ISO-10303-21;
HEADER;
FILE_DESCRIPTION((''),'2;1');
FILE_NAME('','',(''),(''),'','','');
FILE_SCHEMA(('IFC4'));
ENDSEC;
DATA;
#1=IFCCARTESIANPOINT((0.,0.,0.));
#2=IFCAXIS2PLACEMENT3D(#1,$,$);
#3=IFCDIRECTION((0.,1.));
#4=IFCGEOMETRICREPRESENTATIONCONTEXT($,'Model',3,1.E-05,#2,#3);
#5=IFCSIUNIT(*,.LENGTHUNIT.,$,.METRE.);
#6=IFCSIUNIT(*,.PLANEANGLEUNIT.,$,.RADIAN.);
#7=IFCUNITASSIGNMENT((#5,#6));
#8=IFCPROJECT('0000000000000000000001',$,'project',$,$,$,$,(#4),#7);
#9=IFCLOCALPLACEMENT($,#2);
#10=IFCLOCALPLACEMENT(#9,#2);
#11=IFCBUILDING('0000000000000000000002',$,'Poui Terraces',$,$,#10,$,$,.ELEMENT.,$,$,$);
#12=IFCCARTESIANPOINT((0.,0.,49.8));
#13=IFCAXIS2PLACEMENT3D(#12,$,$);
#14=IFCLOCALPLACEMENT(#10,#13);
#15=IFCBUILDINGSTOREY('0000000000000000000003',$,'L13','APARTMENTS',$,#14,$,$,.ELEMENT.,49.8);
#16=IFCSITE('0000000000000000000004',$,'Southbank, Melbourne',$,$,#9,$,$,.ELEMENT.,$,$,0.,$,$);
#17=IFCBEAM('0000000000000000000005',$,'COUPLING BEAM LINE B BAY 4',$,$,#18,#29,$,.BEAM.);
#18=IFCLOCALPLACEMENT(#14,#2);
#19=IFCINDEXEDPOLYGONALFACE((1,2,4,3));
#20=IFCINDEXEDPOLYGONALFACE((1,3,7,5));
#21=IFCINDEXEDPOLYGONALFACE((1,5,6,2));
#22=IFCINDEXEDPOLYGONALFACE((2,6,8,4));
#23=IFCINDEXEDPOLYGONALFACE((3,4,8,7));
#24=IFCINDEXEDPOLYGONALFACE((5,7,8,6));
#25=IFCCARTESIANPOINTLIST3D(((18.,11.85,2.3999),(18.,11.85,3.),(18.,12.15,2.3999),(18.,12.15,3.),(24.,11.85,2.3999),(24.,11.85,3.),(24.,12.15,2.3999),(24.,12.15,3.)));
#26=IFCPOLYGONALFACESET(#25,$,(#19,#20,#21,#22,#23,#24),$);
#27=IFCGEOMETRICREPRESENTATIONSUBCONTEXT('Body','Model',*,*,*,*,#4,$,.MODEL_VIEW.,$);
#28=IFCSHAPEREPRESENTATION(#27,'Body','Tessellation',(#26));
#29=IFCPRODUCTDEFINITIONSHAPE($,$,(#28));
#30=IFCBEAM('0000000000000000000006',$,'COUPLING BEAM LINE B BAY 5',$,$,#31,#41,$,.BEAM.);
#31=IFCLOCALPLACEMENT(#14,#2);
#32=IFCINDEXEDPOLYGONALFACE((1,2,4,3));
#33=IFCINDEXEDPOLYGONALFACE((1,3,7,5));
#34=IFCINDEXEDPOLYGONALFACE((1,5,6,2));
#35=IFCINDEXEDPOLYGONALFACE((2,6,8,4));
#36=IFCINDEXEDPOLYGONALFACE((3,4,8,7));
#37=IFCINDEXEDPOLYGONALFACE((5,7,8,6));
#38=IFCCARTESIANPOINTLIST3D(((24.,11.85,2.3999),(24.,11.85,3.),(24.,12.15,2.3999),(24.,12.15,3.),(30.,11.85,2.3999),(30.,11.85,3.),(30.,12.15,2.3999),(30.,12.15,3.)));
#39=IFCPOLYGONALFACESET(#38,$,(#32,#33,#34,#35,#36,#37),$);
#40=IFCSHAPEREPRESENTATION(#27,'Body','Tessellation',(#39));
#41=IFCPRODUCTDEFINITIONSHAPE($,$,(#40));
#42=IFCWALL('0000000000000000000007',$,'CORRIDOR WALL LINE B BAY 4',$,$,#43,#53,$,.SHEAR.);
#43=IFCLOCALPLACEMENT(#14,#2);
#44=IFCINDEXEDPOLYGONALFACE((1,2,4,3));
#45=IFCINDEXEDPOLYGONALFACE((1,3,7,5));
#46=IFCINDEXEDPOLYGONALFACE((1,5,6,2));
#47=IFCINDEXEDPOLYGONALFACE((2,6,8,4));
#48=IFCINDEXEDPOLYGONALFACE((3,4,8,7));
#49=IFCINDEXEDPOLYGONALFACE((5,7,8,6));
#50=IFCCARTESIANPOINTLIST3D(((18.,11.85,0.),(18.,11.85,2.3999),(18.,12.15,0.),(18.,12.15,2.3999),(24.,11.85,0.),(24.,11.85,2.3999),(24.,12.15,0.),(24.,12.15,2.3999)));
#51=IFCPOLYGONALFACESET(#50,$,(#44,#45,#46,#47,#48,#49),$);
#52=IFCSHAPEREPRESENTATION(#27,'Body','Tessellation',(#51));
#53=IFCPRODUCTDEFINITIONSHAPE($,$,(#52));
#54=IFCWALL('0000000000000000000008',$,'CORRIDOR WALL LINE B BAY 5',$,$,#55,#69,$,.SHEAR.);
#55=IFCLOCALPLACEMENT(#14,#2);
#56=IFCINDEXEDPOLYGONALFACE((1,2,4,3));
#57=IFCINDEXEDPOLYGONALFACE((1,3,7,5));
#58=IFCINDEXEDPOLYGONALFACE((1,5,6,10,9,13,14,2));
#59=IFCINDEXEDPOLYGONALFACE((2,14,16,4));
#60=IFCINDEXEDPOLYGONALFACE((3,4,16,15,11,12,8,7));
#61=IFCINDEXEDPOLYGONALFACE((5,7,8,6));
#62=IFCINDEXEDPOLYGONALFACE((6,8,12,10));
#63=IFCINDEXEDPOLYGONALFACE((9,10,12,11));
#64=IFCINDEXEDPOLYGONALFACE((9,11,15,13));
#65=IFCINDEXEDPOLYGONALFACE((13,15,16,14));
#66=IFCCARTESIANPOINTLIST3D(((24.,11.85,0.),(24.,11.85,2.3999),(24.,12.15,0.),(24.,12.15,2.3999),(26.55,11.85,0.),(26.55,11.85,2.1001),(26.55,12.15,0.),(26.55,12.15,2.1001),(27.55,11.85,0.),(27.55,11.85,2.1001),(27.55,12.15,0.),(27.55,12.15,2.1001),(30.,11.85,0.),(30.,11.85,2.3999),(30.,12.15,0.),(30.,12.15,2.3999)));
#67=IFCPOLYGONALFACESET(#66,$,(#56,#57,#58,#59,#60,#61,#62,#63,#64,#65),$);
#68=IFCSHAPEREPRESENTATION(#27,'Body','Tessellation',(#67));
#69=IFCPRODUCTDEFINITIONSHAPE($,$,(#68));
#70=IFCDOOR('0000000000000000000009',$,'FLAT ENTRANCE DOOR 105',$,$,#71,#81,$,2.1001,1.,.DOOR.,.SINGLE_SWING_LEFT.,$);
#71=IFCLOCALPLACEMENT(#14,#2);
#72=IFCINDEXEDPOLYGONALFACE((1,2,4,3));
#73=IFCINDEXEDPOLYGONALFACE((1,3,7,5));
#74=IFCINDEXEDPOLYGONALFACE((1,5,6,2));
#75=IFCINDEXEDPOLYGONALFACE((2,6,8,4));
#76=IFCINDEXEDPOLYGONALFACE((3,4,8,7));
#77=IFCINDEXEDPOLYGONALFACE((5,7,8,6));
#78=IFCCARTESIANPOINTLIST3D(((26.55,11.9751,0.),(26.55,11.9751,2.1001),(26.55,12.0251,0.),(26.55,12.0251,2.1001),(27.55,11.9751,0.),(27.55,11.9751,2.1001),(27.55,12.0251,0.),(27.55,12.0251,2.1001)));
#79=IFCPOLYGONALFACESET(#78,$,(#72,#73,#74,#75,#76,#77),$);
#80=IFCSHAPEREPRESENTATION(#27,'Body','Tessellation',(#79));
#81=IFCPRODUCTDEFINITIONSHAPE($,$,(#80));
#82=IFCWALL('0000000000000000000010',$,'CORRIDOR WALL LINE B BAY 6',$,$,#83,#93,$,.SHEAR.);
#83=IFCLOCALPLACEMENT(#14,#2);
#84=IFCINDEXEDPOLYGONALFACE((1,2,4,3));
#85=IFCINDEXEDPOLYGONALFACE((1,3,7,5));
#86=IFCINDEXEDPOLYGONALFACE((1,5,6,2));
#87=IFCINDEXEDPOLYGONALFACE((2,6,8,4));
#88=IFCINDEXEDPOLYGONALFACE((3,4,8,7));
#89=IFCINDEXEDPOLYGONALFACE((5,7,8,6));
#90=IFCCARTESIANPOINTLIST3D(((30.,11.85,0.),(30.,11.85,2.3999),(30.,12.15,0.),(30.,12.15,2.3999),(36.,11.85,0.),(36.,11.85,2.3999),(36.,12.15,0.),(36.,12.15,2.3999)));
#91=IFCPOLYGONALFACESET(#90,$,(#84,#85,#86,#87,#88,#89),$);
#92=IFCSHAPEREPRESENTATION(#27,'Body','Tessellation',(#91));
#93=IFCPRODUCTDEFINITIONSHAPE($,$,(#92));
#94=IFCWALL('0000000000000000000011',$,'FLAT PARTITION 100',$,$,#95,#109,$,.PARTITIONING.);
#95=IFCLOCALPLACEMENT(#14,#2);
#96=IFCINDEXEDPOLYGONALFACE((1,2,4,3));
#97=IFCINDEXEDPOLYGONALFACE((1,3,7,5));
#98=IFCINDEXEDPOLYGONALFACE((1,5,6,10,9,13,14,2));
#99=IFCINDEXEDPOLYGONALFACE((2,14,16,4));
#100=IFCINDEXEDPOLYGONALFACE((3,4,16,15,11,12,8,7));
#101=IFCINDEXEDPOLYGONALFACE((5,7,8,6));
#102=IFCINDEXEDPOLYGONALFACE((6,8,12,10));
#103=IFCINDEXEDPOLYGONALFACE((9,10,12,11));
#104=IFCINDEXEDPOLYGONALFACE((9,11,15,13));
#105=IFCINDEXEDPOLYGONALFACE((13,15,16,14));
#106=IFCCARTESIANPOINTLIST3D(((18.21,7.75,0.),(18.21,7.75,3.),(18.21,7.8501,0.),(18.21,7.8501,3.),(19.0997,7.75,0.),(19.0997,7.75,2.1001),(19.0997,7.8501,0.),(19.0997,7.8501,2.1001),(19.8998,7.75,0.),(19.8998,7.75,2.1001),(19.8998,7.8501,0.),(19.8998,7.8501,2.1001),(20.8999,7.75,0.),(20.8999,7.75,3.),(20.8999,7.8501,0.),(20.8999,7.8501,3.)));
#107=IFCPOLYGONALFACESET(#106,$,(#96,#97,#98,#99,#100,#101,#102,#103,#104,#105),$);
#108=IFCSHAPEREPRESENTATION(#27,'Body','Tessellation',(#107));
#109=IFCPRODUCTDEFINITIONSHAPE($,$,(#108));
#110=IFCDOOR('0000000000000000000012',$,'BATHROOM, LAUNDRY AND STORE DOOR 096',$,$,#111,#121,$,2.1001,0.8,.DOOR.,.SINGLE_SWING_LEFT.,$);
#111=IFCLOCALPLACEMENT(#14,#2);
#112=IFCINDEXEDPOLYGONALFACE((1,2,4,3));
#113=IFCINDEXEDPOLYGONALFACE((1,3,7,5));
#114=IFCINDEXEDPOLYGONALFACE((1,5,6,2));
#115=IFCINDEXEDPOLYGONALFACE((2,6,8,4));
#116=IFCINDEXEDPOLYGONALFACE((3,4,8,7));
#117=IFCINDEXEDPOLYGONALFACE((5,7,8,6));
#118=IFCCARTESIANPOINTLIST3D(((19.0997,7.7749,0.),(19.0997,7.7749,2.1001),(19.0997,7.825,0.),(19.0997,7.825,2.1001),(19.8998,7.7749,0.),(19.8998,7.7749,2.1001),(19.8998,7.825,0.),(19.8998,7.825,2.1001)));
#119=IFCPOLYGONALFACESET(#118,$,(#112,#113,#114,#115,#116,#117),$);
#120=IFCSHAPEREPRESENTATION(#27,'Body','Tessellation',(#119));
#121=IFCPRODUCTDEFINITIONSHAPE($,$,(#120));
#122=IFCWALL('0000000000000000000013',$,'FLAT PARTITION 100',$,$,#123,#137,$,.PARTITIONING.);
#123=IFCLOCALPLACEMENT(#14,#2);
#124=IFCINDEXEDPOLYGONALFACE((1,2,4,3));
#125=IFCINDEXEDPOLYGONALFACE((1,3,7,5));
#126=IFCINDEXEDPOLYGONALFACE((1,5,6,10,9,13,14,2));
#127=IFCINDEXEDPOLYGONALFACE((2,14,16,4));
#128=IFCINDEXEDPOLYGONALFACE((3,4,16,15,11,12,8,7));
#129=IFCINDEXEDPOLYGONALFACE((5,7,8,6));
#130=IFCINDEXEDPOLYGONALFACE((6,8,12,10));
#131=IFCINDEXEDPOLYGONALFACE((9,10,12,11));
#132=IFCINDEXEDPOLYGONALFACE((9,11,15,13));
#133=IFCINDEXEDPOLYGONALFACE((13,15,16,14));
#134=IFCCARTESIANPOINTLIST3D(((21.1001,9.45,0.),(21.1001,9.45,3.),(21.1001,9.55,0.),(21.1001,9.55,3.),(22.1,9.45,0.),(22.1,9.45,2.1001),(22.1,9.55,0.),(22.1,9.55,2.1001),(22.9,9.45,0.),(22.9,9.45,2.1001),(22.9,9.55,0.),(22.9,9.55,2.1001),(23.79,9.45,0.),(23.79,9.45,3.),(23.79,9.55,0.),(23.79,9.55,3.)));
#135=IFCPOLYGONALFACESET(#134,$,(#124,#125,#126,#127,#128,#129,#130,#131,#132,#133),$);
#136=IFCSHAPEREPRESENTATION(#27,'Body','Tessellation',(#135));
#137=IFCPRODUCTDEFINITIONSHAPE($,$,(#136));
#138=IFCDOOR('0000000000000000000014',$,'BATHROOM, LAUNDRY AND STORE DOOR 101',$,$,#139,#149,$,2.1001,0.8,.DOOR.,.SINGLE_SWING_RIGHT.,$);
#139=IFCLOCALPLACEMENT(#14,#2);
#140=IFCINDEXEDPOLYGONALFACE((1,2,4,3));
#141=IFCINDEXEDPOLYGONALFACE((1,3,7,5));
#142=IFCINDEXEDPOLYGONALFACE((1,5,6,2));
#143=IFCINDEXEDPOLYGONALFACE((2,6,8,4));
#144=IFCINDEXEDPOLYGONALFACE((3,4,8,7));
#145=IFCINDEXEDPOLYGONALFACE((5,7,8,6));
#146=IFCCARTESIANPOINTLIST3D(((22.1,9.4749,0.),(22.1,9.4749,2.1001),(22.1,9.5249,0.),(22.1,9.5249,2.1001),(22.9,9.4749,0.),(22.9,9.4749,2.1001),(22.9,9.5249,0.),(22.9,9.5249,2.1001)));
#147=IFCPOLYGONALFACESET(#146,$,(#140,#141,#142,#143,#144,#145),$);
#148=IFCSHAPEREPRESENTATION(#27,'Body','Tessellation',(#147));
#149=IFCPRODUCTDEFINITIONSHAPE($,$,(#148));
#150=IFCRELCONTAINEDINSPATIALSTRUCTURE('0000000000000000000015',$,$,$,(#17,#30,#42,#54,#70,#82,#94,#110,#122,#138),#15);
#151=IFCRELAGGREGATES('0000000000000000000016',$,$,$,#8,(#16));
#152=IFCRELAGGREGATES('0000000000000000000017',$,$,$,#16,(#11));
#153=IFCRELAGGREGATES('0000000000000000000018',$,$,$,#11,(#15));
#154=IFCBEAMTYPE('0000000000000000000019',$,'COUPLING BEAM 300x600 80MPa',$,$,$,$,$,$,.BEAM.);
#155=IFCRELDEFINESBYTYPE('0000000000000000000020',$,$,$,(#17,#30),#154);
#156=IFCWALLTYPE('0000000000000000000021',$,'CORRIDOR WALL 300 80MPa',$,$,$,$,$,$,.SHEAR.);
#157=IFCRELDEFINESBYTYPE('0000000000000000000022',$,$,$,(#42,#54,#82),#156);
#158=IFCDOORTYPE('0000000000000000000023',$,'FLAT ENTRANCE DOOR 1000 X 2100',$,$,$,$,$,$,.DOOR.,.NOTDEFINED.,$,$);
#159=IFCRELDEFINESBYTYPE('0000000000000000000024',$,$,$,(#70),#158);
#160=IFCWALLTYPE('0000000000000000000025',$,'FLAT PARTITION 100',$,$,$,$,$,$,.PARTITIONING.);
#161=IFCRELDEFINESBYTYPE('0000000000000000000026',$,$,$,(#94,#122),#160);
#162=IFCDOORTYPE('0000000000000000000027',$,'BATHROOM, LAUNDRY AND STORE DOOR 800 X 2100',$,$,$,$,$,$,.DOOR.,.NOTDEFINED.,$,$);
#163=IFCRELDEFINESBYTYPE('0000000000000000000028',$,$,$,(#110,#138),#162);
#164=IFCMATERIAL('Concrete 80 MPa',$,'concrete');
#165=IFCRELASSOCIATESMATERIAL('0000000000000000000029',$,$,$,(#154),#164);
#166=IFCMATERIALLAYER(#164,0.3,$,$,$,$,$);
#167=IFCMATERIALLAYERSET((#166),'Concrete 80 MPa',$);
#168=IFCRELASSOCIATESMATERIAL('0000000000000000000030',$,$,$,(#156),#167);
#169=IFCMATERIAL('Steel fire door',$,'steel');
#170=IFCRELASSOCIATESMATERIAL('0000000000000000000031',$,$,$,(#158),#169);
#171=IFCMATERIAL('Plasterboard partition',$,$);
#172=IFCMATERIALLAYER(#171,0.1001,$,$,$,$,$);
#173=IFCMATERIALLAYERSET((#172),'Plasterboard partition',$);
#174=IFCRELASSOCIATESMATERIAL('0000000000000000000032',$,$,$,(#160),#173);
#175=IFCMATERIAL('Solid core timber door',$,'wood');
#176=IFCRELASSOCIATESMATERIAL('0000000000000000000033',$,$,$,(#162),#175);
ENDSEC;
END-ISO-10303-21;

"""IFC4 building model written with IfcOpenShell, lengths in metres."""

from ifc_helpers import new_model, si_unit, direction, frame, frame_2d, origin, origin_2d, place, context, subcontext, project, spatial, rectangle, extrude, source, transform, mapped, material, layer, layer_set, material_profile, profile_set, type_object, element, fill, save


model = new_model("IFC4")

# Units and contexts
model_context = context("Model", 3, precision=1e-05, world=origin(), true_north=direction((0.0, 1.0)))
body_context = subcontext(model_context, "Body", "Model", "MODEL_VIEW")
ifc_project = project(units=[si_unit("LENGTHUNIT", "METRE"), si_unit("PLANEANGLEUNIT", "RADIAN")], contexts=[model_context])

# Site, building, storey
site_placement = place(None, origin())
site = spatial("IfcSite", under=ifc_project, at=site_placement, Name="Southbank, Melbourne", CompositionType="ELEMENT", RefElevation=0.0)
building_placement = place(site_placement, origin())
building = spatial("IfcBuilding", under=site, at=building_placement, Name="Poui Terraces", CompositionType="ELEMENT")
storey_placement = place(building_placement, frame((0.0, 0.0, 49.8)))
storey = spatial("IfcBuildingStorey", under=building, at=storey_placement, Name="L13", Description="APARTMENTS", CompositionType="ELEMENT", Elevation=49.8)

# Beams
ifc_material_1 = material(Name="Concrete 80 MPa", Category="concrete")
ifc_material_profile = material_profile(ifc_material_1, rectangle(XDim=0.3, YDim=0.6001, at=origin_2d()), Name="RC 300x600")
ifc_profile_set = profile_set([ifc_material_profile], Name="Concrete 80 MPa")
beam_type = type_object("IfcBeamType", Name="COUPLING BEAM 300x600 80MPa", PredefinedType="BEAM", material=ifc_profile_set)
shared_shape = source(origin(), body_context, "Body", "SweptSolid", [
    extrude(rectangle(XDim=0.3, YDim=0.6001, at=origin_2d()), origin(), (0.0, 0.0, 1.0), 6.0),
])
for number, where, z_axis, x_axis, name in (
    (1, (18.0, 12.0, 2.7), (1.0, 0.0, 0.0), (0.0, 1.0, 0.0), "COUPLING BEAM LINE B BAY 4"),
    (2, (24.0, 12.0, 2.7), (1.0, 0.0, 0.0), (0.0, 1.0, 0.0), "COUPLING BEAM LINE B BAY 5"),
):
    element("IfcBeam", number, at=place(storey_placement, frame(where, z_axis=z_axis, x_axis=x_axis)), inside=storey, type_object=beam_type, Name=name, PredefinedType="BEAM", context=body_context, shape_type="MappedRepresentation", body=[
        mapped(shared_shape, transform((0.0, 0.0, 0.0))),
    ])

# Wall
ifc_layer_1 = layer(ifc_material_1, 0.3)
ifc_layer_set_1 = layer_set([ifc_layer_1], Name="Concrete 80 MPa")
wall_type_1 = type_object("IfcWallType", Name="CORRIDOR WALL 300 80MPa", PredefinedType="SHEAR", material=ifc_layer_set_1)
wall_1_placement = place(storey_placement, frame((18.0, 12.0, 0.0), z_axis=(0.0, 0.0, 1.0), x_axis=(1.0, 0.0, 0.0)))
element("IfcWall", 3, at=wall_1_placement, inside=storey, type_object=wall_type_1, Name="CORRIDOR WALL LINE B BAY 4", PredefinedType="SHEAR", context=body_context, shape_type="SweptSolid", body=[
    extrude(rectangle(XDim=6.0, YDim=0.3, at=frame_2d((3.0, 0.0))), origin(), (0.0, 0.0, 1.0), 2.3999),
])

# Wall, opening, door
wall_2_placement = place(storey_placement, frame((24.0, 12.0, 0.0), z_axis=(0.0, 0.0, 1.0), x_axis=(1.0, 0.0, 0.0)))
wall_2 = element("IfcWall", 4, at=wall_2_placement, inside=storey, type_object=wall_type_1, Name="CORRIDOR WALL LINE B BAY 5", PredefinedType="SHEAR", context=body_context, shape_type="SweptSolid", body=[
    extrude(rectangle(XDim=6.0, YDim=0.3, at=frame_2d((3.0, 0.0))), origin(), (0.0, 0.0, 1.0), 2.3999),
])
opening_1_placement = place(wall_2_placement, frame((2.55, 0.0, 0.0)))
opening_1 = element("IfcOpeningElement", 5, at=opening_1_placement, cuts=wall_2, PredefinedType="OPENING", context=body_context, shape_type="SweptSolid", body=[
    extrude(rectangle(XDim=1.0, YDim=2.1001, at=frame_2d((0.5, 1.05))), frame((0.0, 0.1602, 0.0), z_axis=(0.0, -1.0, 0.0), x_axis=(1.0, 0.0, 0.0)), (0.0, 0.0, 1.0), 0.3201),
])
ifc_material_2 = material(Name="Steel fire door", Category="steel")
door_type_1 = type_object("IfcDoorType", Name="FLAT ENTRANCE DOOR 1000 X 2100", OperationType="NOTDEFINED", PredefinedType="DOOR", material=ifc_material_2)
door_1_placement = place(opening_1_placement, frame((1.0, 0.0, 0.0), z_axis=(0.0, 0.0, 1.0), x_axis=(-1.0, 0.0, 0.0)))
door_1 = element("IfcDoor", 6, at=door_1_placement, inside=storey, type_object=door_type_1, Name="FLAT ENTRANCE DOOR 105", OperationType="SINGLE_SWING_LEFT", OverallHeight=2.1001, OverallWidth=1.0, PredefinedType="DOOR", context=body_context, shape_type="SweptSolid", body=[
    extrude(rectangle(XDim=1.0, YDim=2.1001, at=frame_2d((0.5, 1.05))), frame((0.0, 0.0249, 0.0), z_axis=(0.0, -1.0, 0.0), x_axis=(1.0, 0.0, 0.0)), (0.0, 0.0, 1.0), 0.05),
])
fill(opening_1, door_1)

# Wall
wall_3_placement = place(storey_placement, frame((30.0, 12.0, 0.0), z_axis=(0.0, 0.0, 1.0), x_axis=(1.0, 0.0, 0.0)))
element("IfcWall", 7, at=wall_3_placement, inside=storey, type_object=wall_type_1, Name="CORRIDOR WALL LINE B BAY 6", PredefinedType="SHEAR", context=body_context, shape_type="SweptSolid", body=[
    extrude(rectangle(XDim=6.0, YDim=0.3, at=frame_2d((3.0, 0.0))), origin(), (0.0, 0.0, 1.0), 2.3999),
])

# Walls, openings, doors
ifc_material_3 = material(Name="Plasterboard partition")
ifc_layer_2 = layer(ifc_material_3, 0.1001)
ifc_layer_set_2 = layer_set([ifc_layer_2], Name="Plasterboard partition")
wall_type_2 = type_object("IfcWallType", Name="FLAT PARTITION 100", PredefinedType="PARTITIONING", material=ifc_layer_set_2)
wall_4_placement = place(storey_placement, frame((18.21, 7.8, 0.0), z_axis=(0.0, 0.0, 1.0), x_axis=(1.0, 0.0, 0.0)))
wall_4 = element("IfcWall", 8, at=wall_4_placement, inside=storey, type_object=wall_type_2, Name="FLAT PARTITION 100", PredefinedType="PARTITIONING", context=body_context, shape_type="SweptSolid", body=[
    extrude(rectangle(XDim=2.6899, YDim=0.1001, at=frame_2d((1.345, 0.0))), origin(), (0.0, 0.0, 1.0), 3.0),
])
opening_2_placement = place(wall_4_placement, frame((0.8899, 0.0, 0.0)))
opening_2 = element("IfcOpeningElement", 9, at=opening_2_placement, cuts=wall_4, PredefinedType="OPENING", context=body_context, shape_type="SweptSolid", body=[
    extrude(rectangle(XDim=0.8, YDim=2.1001, at=frame_2d((0.3999, 1.05))), frame((0.0, 0.0601, 0.0), z_axis=(0.0, -1.0, 0.0), x_axis=(1.0, 0.0, 0.0)), (0.0, 0.0, 1.0), 0.1201),
])
ifc_material_4 = material(Name="Solid core timber door", Category="wood")
door_type_2 = type_object("IfcDoorType", Name="BATHROOM, LAUNDRY AND STORE DOOR 800 X 2100", OperationType="NOTDEFINED", PredefinedType="DOOR", material=ifc_material_4)
door_2_placement = place(opening_2_placement, origin())
door_2 = element("IfcDoor", 10, at=door_2_placement, inside=storey, type_object=door_type_2, Name="BATHROOM, LAUNDRY AND STORE DOOR 096", OperationType="SINGLE_SWING_LEFT", OverallHeight=2.1001, OverallWidth=0.8, PredefinedType="DOOR", context=body_context, shape_type="SweptSolid", body=[
    extrude(rectangle(XDim=0.8, YDim=2.1001, at=frame_2d((0.3999, 1.05))), frame((0.0, 0.0249, 0.0), z_axis=(0.0, -1.0, 0.0), x_axis=(1.0, 0.0, 0.0)), (0.0, 0.0, 1.0), 0.05),
])
fill(opening_2, door_2)
wall_5_placement = place(storey_placement, frame((21.1001, 9.5, 0.0), z_axis=(0.0, 0.0, 1.0), x_axis=(1.0, 0.0, 0.0)))
wall_5 = element("IfcWall", 11, at=wall_5_placement, inside=storey, type_object=wall_type_2, Name="FLAT PARTITION 100", PredefinedType="PARTITIONING", context=body_context, shape_type="SweptSolid", body=[
    extrude(rectangle(XDim=2.6899, YDim=0.1001, at=frame_2d((1.345, 0.0))), origin(), (0.0, 0.0, 1.0), 3.0),
])
opening_3_placement = place(wall_5_placement, frame((1.0, 0.0, 0.0)))
opening_3 = element("IfcOpeningElement", 12, at=opening_3_placement, cuts=wall_5, PredefinedType="OPENING", context=body_context, shape_type="SweptSolid", body=[
    extrude(rectangle(XDim=0.8, YDim=2.1001, at=frame_2d((0.3999, 1.05))), frame((0.0, 0.0601, 0.0), z_axis=(0.0, -1.0, 0.0), x_axis=(1.0, 0.0, 0.0)), (0.0, 0.0, 1.0), 0.1201),
])
door_3_placement = place(opening_3_placement, origin())
door_3 = element("IfcDoor", 13, at=door_3_placement, inside=storey, type_object=door_type_2, Name="BATHROOM, LAUNDRY AND STORE DOOR 101", OperationType="SINGLE_SWING_RIGHT", OverallHeight=2.1001, OverallWidth=0.8, PredefinedType="DOOR", context=body_context, shape_type="SweptSolid", body=[
    extrude(rectangle(XDim=0.8, YDim=2.1001, at=frame_2d((0.3999, 1.05))), frame((0.0, 0.0249, 0.0), z_axis=(0.0, -1.0, 0.0), x_axis=(1.0, 0.0, 0.0)), (0.0, 0.0, 1.0), 0.05),
])
fill(opening_3, door_3)

save(model, "model.ifc")
